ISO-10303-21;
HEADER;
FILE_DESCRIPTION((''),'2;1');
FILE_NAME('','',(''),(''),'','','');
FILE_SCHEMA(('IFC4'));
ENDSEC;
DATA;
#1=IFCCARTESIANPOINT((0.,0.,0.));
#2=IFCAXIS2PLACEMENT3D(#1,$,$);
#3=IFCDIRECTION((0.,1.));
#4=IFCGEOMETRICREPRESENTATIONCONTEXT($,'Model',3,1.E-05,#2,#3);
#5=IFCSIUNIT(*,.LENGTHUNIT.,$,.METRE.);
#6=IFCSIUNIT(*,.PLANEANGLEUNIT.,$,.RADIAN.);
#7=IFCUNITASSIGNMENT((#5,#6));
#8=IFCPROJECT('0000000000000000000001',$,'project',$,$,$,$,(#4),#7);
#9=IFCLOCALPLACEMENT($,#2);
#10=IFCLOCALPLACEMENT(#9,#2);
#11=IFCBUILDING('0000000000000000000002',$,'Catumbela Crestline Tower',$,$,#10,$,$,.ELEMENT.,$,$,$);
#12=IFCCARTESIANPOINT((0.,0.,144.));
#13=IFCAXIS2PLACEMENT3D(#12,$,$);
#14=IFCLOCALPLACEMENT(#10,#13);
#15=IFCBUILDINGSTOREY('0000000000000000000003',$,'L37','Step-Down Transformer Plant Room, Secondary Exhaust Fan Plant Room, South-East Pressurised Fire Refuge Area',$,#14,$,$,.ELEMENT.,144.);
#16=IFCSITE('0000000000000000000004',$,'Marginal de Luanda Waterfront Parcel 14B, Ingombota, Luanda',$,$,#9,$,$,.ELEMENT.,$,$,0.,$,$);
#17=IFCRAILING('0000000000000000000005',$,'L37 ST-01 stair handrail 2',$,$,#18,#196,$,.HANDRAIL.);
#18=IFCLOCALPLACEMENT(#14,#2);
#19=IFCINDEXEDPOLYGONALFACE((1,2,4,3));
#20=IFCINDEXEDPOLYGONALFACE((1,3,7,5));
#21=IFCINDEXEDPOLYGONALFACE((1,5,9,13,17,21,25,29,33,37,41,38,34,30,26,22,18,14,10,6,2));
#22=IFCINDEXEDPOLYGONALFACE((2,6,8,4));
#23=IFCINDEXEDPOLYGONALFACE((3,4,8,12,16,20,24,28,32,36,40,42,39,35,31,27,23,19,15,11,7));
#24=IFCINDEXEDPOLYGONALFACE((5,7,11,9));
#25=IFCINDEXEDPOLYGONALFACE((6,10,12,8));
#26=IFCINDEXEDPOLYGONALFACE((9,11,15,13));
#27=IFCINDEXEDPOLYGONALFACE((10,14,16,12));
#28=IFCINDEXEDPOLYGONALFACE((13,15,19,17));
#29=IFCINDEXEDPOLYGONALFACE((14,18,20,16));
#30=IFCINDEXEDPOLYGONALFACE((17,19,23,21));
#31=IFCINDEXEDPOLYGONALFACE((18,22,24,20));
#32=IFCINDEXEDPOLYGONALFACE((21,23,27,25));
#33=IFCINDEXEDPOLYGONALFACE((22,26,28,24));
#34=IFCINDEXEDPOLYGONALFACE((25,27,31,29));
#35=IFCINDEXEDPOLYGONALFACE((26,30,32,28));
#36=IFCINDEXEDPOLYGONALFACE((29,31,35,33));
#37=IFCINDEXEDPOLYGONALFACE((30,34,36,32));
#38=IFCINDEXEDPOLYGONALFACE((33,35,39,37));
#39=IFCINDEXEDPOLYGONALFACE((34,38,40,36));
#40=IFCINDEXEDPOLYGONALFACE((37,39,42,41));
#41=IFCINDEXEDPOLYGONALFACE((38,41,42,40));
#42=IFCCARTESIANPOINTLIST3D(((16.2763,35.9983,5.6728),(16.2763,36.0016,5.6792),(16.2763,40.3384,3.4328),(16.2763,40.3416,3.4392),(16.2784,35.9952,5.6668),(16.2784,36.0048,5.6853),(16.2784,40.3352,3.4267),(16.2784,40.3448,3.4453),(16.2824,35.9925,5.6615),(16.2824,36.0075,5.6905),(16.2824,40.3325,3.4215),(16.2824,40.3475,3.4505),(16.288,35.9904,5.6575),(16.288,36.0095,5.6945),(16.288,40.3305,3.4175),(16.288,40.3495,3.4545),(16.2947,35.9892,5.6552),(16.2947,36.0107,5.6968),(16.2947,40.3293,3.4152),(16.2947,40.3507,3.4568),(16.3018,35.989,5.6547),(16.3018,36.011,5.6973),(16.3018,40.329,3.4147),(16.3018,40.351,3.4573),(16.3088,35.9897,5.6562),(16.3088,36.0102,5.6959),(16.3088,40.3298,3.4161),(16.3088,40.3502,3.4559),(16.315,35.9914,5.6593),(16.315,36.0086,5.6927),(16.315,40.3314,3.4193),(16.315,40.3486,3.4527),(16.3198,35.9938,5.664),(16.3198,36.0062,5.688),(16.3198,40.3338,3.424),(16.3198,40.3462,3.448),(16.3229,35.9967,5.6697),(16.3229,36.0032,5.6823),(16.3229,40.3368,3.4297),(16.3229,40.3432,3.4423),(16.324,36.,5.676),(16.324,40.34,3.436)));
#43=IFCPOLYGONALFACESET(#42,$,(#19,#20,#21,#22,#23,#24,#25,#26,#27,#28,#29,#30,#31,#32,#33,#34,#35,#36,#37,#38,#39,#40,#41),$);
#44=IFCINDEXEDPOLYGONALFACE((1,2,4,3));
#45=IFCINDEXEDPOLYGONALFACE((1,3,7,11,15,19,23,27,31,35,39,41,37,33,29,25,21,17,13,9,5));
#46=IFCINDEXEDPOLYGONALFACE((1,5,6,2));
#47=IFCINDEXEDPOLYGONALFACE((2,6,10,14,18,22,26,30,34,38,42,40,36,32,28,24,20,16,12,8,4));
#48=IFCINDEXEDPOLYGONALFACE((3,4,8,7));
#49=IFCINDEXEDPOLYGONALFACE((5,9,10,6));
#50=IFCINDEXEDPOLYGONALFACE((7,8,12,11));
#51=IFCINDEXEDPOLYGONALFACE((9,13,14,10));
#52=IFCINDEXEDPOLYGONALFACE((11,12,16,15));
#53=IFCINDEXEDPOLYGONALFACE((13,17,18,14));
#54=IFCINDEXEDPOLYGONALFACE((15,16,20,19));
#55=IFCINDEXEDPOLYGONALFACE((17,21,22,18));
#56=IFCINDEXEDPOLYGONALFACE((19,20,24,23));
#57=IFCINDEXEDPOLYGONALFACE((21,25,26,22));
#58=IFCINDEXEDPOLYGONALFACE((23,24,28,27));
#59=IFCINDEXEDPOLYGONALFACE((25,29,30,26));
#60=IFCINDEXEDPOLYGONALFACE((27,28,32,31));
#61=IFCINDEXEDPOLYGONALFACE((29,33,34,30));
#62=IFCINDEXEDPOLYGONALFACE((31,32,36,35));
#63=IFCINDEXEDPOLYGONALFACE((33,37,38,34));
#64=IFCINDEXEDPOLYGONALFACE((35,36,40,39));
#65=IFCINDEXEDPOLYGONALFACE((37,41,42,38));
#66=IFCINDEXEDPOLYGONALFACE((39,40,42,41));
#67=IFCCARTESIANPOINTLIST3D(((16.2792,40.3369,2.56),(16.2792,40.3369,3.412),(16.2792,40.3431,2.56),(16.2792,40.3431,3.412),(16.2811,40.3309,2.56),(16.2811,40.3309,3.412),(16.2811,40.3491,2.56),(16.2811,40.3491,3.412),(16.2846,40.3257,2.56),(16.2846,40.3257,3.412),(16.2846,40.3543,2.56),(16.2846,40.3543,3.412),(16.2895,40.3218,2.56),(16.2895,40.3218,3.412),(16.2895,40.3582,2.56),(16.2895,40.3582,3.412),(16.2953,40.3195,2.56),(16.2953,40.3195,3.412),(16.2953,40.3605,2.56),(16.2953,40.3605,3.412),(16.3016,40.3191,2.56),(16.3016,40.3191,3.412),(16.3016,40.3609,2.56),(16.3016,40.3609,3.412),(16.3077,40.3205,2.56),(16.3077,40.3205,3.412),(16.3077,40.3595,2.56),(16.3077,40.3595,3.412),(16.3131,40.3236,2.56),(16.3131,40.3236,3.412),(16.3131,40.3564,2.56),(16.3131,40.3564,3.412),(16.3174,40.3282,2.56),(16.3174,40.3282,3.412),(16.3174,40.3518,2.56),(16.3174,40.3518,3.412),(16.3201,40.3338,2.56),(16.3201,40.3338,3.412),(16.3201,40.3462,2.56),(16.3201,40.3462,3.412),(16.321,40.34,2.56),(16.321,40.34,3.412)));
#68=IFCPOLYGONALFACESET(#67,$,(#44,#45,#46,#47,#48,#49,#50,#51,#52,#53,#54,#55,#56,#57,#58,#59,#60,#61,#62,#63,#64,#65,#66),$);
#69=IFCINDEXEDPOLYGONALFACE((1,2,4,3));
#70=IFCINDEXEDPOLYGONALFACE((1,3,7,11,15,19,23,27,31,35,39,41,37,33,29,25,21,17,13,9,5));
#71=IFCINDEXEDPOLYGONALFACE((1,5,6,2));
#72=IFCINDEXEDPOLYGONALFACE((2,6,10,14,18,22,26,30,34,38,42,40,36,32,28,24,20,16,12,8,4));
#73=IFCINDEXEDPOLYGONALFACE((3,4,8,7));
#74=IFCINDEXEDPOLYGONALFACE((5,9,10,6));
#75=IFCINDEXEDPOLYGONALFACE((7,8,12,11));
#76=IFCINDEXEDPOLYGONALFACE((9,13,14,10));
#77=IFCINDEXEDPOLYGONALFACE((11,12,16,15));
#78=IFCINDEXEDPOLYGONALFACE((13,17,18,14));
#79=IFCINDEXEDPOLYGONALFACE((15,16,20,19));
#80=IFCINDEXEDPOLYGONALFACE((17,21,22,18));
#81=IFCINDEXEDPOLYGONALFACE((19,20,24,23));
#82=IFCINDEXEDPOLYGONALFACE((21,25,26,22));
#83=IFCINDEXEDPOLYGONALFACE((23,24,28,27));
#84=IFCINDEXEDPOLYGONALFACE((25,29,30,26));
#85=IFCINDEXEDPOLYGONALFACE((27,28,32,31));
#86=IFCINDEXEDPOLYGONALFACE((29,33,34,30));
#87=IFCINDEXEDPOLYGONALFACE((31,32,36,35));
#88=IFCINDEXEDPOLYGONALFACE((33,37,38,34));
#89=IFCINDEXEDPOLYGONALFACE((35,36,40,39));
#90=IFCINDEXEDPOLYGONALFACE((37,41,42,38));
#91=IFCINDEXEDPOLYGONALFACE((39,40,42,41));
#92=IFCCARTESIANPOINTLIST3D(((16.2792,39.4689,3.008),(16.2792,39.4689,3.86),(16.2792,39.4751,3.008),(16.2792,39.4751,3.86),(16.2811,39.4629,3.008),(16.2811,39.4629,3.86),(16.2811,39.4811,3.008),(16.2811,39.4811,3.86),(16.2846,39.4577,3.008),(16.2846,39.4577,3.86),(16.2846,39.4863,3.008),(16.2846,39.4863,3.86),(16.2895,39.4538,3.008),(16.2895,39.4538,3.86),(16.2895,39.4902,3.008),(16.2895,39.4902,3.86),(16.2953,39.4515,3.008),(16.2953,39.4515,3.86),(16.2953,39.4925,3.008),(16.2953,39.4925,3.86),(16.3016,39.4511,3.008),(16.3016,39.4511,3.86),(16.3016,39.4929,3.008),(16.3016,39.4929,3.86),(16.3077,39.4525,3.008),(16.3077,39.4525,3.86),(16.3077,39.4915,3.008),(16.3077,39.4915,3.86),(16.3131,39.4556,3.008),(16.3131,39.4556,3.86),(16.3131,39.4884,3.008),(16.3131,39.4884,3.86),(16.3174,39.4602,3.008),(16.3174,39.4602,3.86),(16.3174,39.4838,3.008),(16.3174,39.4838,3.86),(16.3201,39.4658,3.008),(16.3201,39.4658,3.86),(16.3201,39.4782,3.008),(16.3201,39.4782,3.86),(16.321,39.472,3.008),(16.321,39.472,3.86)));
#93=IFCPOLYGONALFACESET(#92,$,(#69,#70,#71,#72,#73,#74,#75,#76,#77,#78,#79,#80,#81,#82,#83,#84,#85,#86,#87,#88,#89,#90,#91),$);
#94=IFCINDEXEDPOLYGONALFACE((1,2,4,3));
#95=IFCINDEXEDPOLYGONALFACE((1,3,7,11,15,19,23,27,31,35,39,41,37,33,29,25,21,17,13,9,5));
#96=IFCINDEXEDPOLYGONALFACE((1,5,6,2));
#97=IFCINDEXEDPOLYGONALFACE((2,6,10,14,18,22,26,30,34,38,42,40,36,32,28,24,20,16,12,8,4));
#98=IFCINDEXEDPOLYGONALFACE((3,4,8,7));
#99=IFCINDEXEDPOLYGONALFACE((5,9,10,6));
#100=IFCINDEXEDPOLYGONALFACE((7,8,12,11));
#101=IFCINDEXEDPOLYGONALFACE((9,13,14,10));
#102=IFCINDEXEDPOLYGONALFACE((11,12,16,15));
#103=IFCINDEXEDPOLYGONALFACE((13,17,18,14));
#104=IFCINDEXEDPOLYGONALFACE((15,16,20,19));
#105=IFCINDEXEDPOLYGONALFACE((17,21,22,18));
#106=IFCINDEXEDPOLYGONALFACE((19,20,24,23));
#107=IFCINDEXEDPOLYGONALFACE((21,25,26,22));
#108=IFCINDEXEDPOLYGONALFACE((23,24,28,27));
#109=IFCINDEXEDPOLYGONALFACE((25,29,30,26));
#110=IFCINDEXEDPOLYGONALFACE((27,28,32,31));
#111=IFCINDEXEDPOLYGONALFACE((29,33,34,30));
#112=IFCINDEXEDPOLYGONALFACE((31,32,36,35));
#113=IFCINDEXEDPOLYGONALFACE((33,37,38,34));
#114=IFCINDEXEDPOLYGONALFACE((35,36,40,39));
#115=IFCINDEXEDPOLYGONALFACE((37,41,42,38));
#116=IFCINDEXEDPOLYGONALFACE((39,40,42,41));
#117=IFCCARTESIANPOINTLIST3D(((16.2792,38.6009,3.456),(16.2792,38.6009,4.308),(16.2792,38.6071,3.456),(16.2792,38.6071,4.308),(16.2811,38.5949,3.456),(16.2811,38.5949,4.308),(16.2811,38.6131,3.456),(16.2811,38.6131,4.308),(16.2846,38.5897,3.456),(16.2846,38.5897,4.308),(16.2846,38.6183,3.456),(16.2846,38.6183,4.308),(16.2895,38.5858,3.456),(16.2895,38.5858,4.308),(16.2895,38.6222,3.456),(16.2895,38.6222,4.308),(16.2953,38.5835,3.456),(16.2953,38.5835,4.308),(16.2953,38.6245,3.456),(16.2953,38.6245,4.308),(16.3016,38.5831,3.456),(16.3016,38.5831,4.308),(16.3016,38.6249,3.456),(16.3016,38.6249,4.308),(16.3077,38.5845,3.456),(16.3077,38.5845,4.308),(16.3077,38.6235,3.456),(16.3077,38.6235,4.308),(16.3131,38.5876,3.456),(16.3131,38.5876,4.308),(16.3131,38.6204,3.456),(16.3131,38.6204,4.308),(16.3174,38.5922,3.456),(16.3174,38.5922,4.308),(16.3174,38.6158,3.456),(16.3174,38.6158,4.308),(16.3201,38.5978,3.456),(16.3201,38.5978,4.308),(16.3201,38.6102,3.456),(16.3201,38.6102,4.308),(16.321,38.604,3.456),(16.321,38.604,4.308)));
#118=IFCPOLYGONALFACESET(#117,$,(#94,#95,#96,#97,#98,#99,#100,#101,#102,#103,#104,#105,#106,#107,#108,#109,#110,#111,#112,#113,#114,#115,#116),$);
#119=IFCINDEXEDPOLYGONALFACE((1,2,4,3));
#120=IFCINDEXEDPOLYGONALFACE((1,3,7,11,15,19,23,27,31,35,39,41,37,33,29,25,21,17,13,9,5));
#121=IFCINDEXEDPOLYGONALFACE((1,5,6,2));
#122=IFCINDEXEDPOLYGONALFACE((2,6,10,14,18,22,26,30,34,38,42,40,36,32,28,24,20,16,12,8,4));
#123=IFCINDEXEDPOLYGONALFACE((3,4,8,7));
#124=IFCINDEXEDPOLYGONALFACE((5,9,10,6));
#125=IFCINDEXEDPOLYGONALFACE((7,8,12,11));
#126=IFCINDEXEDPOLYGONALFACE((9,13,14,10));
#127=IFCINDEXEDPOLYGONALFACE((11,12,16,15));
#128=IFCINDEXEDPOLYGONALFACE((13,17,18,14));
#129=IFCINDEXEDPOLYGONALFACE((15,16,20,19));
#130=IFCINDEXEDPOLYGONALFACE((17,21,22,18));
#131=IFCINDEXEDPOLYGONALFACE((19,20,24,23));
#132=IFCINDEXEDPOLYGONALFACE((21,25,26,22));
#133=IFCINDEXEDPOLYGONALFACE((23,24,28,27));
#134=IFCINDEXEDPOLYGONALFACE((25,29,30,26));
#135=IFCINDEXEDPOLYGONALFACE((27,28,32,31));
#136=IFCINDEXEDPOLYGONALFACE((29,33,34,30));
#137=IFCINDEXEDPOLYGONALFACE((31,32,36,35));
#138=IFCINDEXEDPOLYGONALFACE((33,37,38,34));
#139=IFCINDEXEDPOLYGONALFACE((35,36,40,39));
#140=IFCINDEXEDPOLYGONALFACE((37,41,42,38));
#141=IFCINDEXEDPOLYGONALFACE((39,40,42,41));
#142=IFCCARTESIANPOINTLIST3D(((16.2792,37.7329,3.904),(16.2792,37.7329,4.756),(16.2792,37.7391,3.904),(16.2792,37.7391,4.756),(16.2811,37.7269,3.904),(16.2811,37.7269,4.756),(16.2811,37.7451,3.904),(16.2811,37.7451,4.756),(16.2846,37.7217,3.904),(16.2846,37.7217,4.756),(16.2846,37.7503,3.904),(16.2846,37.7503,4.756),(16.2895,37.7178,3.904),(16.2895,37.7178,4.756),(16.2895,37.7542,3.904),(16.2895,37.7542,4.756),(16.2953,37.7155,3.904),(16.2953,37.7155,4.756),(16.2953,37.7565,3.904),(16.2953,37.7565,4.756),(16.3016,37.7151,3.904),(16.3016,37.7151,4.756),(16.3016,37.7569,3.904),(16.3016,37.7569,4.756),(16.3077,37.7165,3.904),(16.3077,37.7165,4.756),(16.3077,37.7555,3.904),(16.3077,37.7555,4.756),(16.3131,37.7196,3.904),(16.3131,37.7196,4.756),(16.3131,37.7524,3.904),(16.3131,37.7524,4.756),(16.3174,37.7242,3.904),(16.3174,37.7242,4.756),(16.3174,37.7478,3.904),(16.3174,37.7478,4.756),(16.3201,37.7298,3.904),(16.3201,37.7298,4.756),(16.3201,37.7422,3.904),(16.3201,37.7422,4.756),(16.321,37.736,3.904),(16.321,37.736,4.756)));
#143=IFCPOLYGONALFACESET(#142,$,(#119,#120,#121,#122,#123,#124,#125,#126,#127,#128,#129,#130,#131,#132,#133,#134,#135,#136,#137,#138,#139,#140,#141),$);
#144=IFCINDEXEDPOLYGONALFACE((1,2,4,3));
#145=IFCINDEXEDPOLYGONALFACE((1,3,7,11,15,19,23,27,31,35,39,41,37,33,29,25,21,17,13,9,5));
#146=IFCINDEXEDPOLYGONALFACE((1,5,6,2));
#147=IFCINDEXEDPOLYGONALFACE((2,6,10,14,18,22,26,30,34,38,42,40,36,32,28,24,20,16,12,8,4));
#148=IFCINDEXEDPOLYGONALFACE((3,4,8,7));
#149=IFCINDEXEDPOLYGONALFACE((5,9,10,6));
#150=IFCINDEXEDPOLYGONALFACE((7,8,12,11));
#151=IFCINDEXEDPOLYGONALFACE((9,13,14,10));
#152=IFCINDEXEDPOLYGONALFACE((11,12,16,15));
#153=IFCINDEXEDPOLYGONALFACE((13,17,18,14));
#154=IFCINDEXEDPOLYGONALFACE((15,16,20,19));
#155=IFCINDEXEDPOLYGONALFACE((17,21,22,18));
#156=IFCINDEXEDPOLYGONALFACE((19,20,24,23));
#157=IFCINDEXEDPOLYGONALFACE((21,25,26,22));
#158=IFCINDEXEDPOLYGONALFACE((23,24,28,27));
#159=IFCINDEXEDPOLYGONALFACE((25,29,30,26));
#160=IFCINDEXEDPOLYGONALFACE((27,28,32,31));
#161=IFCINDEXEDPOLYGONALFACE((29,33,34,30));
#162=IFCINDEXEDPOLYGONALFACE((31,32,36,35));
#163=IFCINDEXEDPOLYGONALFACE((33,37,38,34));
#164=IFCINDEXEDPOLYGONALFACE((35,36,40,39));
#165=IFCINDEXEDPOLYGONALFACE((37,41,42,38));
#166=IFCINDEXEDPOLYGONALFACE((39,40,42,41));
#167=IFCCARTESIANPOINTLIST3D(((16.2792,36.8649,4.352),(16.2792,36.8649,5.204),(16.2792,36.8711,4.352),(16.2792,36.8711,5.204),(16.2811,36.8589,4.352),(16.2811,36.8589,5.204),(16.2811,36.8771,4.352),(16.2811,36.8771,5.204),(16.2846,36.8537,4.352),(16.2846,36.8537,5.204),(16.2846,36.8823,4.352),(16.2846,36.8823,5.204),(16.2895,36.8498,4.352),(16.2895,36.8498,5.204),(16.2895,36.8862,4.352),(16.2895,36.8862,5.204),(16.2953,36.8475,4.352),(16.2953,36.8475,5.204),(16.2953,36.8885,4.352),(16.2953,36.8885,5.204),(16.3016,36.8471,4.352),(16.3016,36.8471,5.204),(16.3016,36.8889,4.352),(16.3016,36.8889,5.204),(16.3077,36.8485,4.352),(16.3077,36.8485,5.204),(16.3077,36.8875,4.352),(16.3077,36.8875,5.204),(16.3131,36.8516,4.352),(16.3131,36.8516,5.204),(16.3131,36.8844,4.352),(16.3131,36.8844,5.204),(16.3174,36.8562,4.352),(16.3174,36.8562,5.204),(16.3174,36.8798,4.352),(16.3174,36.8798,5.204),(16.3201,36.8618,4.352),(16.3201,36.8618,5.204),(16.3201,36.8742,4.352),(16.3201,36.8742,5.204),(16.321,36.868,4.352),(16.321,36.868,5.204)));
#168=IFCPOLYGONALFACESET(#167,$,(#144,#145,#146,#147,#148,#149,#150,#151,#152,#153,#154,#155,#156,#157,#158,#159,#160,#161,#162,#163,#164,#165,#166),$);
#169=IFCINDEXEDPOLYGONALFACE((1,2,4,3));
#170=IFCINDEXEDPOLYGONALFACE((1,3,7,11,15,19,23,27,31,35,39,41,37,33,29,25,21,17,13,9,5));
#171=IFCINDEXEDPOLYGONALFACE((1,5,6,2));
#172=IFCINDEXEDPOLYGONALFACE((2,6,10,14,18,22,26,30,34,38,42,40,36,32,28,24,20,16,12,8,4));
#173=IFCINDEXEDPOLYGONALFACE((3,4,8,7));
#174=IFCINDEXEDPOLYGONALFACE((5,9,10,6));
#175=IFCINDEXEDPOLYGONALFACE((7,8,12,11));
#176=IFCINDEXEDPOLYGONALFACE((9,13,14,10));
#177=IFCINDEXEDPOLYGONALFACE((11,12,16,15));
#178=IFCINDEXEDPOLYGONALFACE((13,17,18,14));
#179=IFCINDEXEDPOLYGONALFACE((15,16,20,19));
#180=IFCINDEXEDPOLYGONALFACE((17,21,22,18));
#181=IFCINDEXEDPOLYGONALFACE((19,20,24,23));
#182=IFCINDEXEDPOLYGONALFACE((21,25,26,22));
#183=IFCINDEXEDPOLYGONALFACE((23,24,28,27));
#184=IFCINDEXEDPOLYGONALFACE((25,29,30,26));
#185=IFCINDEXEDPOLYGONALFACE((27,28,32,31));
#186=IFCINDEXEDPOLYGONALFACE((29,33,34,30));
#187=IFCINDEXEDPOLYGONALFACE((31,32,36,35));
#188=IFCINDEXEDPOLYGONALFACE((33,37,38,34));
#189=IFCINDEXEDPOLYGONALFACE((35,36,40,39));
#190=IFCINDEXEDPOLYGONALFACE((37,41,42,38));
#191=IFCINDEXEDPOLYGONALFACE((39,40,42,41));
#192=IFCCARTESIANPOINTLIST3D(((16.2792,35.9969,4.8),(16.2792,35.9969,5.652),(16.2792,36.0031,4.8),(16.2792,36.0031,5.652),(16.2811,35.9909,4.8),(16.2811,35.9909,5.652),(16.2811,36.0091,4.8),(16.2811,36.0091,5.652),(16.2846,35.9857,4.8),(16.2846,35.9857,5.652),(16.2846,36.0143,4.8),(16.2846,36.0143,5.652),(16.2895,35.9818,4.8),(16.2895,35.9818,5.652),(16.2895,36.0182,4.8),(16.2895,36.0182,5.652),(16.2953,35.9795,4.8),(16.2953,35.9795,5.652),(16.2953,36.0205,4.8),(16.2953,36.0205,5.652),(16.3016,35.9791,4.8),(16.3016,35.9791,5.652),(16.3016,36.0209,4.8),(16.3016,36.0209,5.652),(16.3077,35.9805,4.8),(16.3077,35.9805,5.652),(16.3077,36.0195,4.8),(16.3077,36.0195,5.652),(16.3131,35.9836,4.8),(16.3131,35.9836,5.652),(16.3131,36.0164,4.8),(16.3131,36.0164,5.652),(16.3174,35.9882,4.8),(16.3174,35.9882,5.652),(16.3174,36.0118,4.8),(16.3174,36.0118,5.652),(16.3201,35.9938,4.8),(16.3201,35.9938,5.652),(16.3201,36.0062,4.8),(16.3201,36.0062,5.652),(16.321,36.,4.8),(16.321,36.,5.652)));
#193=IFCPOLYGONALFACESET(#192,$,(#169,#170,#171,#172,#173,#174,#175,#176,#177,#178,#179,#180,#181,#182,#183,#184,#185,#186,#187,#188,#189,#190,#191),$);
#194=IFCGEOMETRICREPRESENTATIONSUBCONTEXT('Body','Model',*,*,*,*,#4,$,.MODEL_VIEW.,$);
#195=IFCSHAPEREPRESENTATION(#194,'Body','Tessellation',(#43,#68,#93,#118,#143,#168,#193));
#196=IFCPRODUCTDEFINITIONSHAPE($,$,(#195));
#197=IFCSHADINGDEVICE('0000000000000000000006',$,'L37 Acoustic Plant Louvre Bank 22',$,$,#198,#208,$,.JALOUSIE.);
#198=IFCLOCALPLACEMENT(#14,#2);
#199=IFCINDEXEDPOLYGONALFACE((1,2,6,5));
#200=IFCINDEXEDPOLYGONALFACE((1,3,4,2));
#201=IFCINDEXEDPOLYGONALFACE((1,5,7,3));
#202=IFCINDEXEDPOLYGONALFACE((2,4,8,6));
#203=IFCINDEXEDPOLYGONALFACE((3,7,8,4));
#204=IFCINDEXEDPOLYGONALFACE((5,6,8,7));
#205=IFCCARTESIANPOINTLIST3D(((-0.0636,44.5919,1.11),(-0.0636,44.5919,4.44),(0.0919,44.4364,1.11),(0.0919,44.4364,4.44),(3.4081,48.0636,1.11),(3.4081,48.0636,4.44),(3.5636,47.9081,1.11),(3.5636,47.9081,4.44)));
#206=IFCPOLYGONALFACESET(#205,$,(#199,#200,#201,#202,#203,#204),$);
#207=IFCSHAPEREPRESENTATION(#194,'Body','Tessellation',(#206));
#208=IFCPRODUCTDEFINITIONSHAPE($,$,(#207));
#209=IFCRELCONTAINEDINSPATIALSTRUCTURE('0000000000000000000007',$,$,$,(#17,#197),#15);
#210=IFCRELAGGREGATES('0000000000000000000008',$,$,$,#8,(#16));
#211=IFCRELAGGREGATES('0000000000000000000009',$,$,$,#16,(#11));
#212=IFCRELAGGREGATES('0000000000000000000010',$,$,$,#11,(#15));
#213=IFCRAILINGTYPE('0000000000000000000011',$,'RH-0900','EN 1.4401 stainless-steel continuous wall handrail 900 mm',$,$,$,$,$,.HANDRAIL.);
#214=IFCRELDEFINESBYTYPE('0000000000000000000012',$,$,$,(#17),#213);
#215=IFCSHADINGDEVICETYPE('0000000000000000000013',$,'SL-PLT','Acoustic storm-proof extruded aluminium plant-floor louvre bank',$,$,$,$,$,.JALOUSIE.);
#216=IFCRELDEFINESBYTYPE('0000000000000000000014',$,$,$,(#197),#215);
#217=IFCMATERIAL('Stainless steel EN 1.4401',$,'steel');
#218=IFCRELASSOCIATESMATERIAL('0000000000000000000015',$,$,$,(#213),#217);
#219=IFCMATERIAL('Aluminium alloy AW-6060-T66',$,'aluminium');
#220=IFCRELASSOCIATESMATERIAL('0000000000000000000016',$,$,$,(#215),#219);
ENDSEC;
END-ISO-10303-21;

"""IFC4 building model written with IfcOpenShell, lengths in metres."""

from ifc_helpers import new_model, si_unit, direction, frame, origin, origin_2d, place, context, subcontext, project, spatial, rectangle, circle, extrude, material, type_object, element, save


model = new_model("IFC4")

# Units and contexts
model_context = context("Model", 3, precision=1e-05, world=origin(), true_north=direction((0.0, 1.0)))
body_context = subcontext(model_context, "Body", "Model", "MODEL_VIEW")
ifc_project = project(units=[si_unit("LENGTHUNIT", "METRE"), si_unit("PLANEANGLEUNIT", "RADIAN")], contexts=[model_context])

# Site, building, storey
site_placement = place(None, origin())
site = spatial("IfcSite", under=ifc_project, at=site_placement, Name="Marginal de Luanda Waterfront Parcel 14B, Ingombota, Luanda", CompositionType="ELEMENT", RefElevation=0.0)
building_placement = place(site_placement, origin())
building = spatial("IfcBuilding", under=site, at=building_placement, Name="Catumbela Crestline Tower", CompositionType="ELEMENT")
storey_placement = place(building_placement, frame((0.0, 0.0, 144.0)))
storey = spatial("IfcBuildingStorey", under=building, at=storey_placement, Name="L37", Description="Step-Down Transformer Plant Room, Secondary Exhaust Fan Plant Room, South-East Pressurised Fire Refuge Area", CompositionType="ELEMENT", Elevation=144.0)

# Shared definitions
ifc_material_1 = material(Name="Stainless steel EN 1.4401", Category="steel")

# Railing
railing_type = type_object("IfcRailingType", Name="RH-0900", Description="EN 1.4401 stainless-steel continuous wall handrail 900 mm", PredefinedType="HANDRAIL", material=ifc_material_1)
railing_placement = place(storey_placement, frame((16.3, 40.34, 2.56)))
element("IfcRailing", 1, at=railing_placement, inside=storey, type_object=railing_type, Name="L37 ST-01 stair handrail 2", PredefinedType="HANDRAIL", context=body_context, shape_type="SweptSolid", body=[
    extrude(circle(Radius=0.024, at=origin_2d()), frame((0.0, 0.0, 0.876), z_axis=(0.0, -0.888621, 0.458643), x_axis=(1.0, 0.0, 0.0)), (0.0, 0.0, 1.0), 4.884),
    extrude(circle(Radius=0.021, at=origin_2d()), origin(), (0.0, 0.0, 1.0), 0.852),
    extrude(circle(Radius=0.021, at=origin_2d()), frame((0.0, -0.868, 0.448)), (0.0, 0.0, 1.0), 0.852),
    extrude(circle(Radius=0.021, at=origin_2d()), frame((0.0, -1.736, 0.896)), (0.0, 0.0, 1.0), 0.852),
    extrude(circle(Radius=0.021, at=origin_2d()), frame((0.0, -2.604, 1.344)), (0.0, 0.0, 1.0), 0.852),
    extrude(circle(Radius=0.021, at=origin_2d()), frame((0.0, -3.472, 1.792)), (0.0, 0.0, 1.0), 0.852),
    extrude(circle(Radius=0.021, at=origin_2d()), frame((0.0, -4.34, 2.24)), (0.0, 0.0, 1.0), 0.852),
])

# Shading device
ifc_material_2 = material(Name="Aluminium alloy AW-6060-T66", Category="aluminium")
shading_device_type = type_object("IfcShadingDeviceType", Name="SL-PLT", Description="Acoustic storm-proof extruded aluminium plant-floor louvre bank", PredefinedType="JALOUSIE", material=ifc_material_2)
shading_device_placement = place(storey_placement, frame((1.75, 46.25, 1.11), z_axis=(0.0, 0.0, 1.0), x_axis=(-0.707107, -0.707107, 0.0)))
element("IfcShadingDevice", 2, at=shading_device_placement, inside=storey, type_object=shading_device_type, Name="L37 Acoustic Plant Louvre Bank 22", PredefinedType="JALOUSIE", context=body_context, shape_type="SweptSolid", body=[
    extrude(rectangle(XDim=4.9097, YDim=0.22, at=origin_2d()), origin(), (0.0, 0.0, 1.0), 3.33),
])

save(model, "model.ifc")
